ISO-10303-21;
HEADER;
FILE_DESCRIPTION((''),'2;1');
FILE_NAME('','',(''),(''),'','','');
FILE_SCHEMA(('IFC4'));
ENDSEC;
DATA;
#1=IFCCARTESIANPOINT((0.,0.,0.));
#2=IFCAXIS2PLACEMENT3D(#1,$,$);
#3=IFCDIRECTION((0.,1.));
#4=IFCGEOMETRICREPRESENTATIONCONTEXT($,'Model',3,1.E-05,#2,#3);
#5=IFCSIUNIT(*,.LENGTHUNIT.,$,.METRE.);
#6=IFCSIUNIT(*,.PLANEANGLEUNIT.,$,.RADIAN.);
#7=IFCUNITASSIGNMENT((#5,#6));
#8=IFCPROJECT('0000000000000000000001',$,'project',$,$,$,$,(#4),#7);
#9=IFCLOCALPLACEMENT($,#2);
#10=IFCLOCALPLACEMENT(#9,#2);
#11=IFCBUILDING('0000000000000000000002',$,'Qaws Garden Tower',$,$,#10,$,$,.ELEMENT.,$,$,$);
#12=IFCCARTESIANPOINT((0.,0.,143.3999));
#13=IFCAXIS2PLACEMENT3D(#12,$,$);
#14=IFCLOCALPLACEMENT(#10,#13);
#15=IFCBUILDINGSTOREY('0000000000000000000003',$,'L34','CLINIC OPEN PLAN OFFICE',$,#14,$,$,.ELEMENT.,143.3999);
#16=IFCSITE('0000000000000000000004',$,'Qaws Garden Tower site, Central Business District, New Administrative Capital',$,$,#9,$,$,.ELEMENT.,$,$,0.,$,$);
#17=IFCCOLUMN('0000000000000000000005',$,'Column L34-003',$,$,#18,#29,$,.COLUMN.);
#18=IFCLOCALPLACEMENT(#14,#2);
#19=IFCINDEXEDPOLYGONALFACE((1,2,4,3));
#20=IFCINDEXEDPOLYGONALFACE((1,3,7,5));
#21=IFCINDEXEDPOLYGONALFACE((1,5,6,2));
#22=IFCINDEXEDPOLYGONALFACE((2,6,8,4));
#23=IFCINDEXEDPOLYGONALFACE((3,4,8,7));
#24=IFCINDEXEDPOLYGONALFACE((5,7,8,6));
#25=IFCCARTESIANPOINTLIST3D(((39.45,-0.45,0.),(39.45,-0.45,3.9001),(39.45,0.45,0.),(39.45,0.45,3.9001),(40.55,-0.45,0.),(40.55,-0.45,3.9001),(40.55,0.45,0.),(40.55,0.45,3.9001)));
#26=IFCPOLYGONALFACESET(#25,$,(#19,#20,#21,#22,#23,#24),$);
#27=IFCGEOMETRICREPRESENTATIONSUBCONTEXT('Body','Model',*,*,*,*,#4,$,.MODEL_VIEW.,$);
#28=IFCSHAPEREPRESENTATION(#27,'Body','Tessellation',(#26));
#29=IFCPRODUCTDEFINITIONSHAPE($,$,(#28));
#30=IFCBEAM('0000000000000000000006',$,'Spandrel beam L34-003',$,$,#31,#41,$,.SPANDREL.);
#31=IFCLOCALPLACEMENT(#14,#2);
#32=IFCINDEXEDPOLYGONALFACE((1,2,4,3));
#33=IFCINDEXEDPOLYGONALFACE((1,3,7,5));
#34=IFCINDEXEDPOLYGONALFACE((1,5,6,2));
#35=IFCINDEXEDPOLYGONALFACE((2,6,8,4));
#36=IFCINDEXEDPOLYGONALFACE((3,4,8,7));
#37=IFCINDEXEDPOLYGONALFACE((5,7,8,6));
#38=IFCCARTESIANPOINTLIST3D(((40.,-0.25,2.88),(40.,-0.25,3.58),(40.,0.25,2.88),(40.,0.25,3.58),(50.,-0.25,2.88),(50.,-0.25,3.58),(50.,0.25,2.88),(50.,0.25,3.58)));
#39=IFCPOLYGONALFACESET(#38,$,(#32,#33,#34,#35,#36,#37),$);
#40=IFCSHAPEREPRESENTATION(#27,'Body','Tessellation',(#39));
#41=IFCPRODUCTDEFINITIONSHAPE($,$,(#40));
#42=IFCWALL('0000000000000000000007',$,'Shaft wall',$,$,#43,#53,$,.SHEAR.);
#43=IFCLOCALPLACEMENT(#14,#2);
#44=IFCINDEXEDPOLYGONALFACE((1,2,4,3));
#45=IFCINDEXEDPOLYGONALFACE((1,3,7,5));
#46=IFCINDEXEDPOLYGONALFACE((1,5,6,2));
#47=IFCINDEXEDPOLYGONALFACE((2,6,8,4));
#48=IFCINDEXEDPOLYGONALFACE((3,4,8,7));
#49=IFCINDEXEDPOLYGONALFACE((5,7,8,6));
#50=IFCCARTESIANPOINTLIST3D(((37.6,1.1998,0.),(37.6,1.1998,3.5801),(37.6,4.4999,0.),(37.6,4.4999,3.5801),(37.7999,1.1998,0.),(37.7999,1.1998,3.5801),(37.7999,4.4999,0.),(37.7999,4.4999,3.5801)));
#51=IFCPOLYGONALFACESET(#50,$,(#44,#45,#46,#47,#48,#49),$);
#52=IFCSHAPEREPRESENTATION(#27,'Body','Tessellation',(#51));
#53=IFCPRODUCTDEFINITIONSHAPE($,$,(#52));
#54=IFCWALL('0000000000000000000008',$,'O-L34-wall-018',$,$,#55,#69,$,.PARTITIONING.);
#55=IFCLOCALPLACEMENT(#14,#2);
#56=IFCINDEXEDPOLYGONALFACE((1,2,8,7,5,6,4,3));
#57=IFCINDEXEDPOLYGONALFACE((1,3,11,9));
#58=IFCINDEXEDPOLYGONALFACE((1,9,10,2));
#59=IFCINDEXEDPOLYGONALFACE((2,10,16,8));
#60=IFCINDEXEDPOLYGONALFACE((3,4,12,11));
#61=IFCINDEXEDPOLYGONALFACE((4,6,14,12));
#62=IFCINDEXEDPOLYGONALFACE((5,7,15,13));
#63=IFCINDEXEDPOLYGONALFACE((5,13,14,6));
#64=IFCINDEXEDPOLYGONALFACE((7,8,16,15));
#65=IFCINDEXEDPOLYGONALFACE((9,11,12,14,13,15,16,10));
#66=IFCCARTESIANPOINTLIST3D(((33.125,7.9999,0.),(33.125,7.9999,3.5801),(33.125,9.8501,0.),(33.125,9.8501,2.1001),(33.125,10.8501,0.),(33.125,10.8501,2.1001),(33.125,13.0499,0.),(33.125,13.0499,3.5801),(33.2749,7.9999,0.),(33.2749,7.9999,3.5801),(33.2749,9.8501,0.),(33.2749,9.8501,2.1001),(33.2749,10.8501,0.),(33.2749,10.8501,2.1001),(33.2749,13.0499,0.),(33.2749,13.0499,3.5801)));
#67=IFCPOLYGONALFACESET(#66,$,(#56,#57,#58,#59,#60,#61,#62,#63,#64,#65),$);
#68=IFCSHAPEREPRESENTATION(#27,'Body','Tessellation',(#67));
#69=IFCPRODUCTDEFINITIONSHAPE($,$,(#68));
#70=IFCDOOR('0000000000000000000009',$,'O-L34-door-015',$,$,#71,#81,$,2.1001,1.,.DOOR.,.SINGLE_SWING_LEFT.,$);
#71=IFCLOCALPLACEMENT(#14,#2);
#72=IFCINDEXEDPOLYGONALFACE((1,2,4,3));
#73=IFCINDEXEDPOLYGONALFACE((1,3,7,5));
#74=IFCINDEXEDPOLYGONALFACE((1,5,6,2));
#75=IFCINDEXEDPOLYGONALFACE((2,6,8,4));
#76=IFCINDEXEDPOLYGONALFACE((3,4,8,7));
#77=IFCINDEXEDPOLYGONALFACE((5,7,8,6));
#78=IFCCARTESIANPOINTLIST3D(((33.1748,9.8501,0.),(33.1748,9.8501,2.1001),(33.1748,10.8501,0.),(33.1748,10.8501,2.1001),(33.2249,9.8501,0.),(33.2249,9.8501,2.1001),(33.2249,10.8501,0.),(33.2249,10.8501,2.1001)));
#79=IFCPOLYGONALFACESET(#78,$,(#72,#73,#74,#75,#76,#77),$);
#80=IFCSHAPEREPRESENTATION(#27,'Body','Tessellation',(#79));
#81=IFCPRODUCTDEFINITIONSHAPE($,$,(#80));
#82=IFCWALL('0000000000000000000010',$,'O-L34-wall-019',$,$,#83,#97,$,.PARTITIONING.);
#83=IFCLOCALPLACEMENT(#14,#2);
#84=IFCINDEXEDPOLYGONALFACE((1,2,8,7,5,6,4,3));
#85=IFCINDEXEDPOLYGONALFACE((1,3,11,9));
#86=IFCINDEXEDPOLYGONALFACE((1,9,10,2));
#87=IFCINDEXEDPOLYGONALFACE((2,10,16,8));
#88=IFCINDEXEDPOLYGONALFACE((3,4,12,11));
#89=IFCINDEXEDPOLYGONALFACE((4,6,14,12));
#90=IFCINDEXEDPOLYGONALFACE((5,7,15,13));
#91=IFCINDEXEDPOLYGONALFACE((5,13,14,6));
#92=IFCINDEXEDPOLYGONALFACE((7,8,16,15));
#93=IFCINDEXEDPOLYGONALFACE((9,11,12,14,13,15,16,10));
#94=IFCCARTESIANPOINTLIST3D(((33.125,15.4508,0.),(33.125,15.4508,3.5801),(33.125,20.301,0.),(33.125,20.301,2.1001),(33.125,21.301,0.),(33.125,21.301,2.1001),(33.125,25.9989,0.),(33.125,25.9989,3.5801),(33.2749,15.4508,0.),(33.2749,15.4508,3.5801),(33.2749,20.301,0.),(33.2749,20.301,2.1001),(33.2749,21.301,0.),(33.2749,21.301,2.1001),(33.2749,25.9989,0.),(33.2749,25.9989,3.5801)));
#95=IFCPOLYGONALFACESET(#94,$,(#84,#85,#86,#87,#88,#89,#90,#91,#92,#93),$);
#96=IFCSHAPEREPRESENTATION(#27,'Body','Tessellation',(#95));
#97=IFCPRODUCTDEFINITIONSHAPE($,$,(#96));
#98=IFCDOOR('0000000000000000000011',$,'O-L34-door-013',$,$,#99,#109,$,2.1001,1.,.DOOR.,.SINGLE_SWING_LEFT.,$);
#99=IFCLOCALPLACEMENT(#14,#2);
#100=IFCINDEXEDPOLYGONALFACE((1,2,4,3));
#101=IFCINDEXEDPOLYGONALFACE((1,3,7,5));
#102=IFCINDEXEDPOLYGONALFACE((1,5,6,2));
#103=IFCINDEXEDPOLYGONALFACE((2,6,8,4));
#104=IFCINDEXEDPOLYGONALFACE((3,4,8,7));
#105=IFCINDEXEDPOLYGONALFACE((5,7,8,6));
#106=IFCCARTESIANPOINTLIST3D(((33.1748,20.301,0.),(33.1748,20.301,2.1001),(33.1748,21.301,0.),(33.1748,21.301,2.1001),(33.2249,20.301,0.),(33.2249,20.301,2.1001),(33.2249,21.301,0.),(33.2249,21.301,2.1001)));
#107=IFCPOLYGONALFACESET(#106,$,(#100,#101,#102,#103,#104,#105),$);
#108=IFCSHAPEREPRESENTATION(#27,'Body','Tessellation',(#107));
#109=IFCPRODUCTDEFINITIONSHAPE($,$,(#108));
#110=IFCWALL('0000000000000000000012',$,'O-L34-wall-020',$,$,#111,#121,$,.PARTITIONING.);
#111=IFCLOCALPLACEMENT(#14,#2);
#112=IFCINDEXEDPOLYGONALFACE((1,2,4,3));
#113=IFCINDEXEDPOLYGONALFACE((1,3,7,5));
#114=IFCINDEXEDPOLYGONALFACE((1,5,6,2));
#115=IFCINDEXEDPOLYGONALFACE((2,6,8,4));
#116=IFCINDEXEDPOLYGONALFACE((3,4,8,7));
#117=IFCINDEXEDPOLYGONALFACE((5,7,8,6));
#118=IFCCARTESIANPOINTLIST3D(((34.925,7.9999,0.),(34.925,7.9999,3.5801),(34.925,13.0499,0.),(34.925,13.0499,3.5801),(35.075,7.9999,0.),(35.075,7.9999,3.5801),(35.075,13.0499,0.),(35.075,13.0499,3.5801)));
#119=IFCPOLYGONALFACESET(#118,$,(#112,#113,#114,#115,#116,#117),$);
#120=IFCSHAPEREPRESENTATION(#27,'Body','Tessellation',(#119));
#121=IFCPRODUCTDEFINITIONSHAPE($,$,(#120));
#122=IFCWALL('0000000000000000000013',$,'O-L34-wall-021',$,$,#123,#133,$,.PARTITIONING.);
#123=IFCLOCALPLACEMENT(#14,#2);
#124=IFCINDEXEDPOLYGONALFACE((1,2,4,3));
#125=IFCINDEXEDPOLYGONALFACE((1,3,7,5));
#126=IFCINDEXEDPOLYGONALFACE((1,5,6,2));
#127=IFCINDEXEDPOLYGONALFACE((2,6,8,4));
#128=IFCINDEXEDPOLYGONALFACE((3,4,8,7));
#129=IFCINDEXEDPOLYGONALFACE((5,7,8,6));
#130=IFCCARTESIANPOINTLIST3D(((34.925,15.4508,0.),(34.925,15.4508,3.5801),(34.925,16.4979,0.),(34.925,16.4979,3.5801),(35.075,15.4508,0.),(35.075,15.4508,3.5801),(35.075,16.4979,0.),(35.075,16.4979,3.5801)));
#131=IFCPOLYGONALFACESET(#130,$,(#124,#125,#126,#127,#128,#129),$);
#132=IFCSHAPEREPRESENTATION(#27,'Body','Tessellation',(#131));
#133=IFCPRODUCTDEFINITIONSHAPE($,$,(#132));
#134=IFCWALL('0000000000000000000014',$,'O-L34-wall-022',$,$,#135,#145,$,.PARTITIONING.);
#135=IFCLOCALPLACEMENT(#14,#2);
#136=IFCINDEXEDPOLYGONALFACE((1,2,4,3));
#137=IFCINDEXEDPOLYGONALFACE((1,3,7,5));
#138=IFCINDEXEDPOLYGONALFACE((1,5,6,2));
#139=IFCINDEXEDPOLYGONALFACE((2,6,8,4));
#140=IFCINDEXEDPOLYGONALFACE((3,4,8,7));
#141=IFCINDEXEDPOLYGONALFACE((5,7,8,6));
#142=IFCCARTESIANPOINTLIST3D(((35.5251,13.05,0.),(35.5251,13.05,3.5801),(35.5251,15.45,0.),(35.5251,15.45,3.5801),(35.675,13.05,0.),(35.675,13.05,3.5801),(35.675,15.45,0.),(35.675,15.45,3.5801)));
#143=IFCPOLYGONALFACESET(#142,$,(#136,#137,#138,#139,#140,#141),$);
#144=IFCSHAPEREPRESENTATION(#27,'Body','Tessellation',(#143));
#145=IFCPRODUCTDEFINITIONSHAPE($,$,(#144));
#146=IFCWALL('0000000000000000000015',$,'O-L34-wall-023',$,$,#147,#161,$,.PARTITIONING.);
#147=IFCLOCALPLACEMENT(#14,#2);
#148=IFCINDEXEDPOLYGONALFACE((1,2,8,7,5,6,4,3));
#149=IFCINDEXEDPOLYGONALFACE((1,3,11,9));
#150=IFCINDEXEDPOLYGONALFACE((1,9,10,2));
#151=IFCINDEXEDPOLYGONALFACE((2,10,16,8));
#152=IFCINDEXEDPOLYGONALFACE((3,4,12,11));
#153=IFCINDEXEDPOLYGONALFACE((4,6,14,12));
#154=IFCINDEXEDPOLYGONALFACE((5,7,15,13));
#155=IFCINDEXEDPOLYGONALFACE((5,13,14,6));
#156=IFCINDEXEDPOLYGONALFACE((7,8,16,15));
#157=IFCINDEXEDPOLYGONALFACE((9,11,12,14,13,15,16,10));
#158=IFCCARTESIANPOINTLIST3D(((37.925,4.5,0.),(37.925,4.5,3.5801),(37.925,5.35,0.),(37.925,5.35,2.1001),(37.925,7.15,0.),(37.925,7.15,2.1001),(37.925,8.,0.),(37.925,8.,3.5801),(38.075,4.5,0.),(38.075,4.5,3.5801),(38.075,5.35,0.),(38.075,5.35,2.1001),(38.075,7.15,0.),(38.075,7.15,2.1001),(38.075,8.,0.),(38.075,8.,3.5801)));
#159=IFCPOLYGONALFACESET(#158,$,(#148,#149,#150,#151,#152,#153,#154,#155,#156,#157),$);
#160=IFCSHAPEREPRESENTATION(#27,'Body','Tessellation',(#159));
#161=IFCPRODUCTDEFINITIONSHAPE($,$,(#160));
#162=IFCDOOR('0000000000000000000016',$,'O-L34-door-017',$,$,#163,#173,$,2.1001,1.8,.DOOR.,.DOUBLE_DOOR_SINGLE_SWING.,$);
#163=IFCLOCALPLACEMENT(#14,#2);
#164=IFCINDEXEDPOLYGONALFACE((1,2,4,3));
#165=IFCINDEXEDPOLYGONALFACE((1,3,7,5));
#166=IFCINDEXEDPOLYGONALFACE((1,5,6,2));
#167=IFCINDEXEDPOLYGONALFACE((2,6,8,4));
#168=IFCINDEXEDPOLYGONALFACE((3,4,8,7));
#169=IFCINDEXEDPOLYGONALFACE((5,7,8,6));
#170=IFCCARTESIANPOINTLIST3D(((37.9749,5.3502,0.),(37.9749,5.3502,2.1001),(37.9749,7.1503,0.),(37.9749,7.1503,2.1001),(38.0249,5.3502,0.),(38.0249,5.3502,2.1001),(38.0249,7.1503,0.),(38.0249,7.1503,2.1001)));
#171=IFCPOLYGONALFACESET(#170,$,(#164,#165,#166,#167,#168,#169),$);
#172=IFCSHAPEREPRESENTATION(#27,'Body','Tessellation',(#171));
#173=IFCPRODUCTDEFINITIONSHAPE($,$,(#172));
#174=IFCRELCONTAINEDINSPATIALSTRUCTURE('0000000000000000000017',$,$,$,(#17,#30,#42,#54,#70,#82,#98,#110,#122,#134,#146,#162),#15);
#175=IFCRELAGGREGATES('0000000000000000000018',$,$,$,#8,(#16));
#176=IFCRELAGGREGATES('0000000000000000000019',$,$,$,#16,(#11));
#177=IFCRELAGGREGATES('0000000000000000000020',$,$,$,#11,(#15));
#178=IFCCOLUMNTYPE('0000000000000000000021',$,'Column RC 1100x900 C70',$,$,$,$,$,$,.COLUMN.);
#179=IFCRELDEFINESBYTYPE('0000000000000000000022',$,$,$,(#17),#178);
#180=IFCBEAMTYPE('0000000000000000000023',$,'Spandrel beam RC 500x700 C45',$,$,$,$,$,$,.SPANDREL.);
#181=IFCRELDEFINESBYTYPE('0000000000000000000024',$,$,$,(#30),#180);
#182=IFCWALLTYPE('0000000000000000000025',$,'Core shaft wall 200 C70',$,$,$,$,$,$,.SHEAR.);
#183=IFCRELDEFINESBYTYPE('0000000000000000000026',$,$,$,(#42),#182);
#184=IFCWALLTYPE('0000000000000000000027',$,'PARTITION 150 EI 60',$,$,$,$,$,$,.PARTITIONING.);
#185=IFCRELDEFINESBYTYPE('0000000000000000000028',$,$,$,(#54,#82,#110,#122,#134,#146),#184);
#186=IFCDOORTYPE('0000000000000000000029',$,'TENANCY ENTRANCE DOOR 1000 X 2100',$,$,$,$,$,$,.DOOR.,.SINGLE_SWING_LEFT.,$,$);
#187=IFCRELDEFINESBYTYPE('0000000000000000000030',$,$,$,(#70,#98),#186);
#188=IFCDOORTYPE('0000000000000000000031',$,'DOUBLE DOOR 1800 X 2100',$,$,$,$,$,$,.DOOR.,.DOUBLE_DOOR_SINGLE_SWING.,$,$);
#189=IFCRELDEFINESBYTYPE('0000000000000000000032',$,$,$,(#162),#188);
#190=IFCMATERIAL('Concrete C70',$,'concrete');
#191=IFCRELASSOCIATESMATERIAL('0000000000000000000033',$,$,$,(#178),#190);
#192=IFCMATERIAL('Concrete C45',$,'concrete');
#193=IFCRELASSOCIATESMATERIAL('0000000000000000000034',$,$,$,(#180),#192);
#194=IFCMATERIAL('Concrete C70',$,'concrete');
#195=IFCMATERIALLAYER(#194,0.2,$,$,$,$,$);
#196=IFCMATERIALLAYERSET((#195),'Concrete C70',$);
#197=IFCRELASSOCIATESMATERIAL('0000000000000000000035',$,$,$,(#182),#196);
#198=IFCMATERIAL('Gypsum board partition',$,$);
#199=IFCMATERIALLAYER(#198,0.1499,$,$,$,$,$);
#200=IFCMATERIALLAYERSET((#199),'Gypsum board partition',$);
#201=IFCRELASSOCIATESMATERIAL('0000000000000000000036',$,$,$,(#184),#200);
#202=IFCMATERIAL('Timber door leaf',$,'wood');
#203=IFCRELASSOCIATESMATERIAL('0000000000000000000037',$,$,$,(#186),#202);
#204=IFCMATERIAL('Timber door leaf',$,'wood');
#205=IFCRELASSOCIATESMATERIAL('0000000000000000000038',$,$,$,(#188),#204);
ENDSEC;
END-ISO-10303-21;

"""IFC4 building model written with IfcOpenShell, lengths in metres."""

from ifc_helpers import new_model, si_unit, direction, frame, frame_2d, origin, origin_2d, place, context, subcontext, project, spatial, rectangle, extrude, material, layer, layer_set, material_profile, profile_set, type_object, element, fill, save


model = new_model("IFC4")

# Units and contexts
model_context = context("Model", 3, precision=1e-05, world=origin(), true_north=direction((0.0, 1.0)))
body_context = subcontext(model_context, "Body", "Model", "MODEL_VIEW")
ifc_project = project(units=[si_unit("LENGTHUNIT", "METRE"), si_unit("PLANEANGLEUNIT", "RADIAN")], contexts=[model_context])

# Site, building, storey
site_placement = place(None, origin())
site = spatial("IfcSite", under=ifc_project, at=site_placement, Name="Qaws Garden Tower site, Central Business District, New Administrative Capital", CompositionType="ELEMENT", RefElevation=0.0)
building_placement = place(site_placement, origin())
building = spatial("IfcBuilding", under=site, at=building_placement, Name="Qaws Garden Tower", CompositionType="ELEMENT")
storey_placement = place(building_placement, frame((0.0, 0.0, 143.3999)))
storey = spatial("IfcBuildingStorey", under=building, at=storey_placement, Name="L34", Description="CLINIC OPEN PLAN OFFICE", CompositionType="ELEMENT", Elevation=143.3999)

# Column
ifc_material_1 = material(Name="Concrete C70", Category="concrete")
ifc_material_profile_1 = material_profile(ifc_material_1, rectangle(XDim=1.1001, YDim=0.8999, at=origin_2d()), Name="RC 1100x900")
ifc_profile_set_1 = profile_set([ifc_material_profile_1], Name="Concrete C70")
column_type = type_object("IfcColumnType", Name="Column RC 1100x900 C70", PredefinedType="COLUMN", material=ifc_profile_set_1)
column_placement = place(storey_placement, frame((40.0, 0.0, 0.0), z_axis=(0.0, 0.0, 1.0), x_axis=(1.0, 0.0, 0.0)))
element("IfcColumn", 1, at=column_placement, inside=storey, type_object=column_type, Name="Column L34-003", PredefinedType="COLUMN", context=body_context, shape_type="SweptSolid", body=[
    extrude(rectangle(XDim=1.1001, YDim=0.8999, at=origin_2d()), origin(), (0.0, 0.0, 1.0), 3.9001),
])

# Beam
ifc_material_2 = material(Name="Concrete C45", Category="concrete")
ifc_material_profile_2 = material_profile(ifc_material_2, rectangle(XDim=0.5, YDim=0.7, at=origin_2d()), Name="RC 500x700")
ifc_profile_set_2 = profile_set([ifc_material_profile_2], Name="Concrete C45")
beam_type = type_object("IfcBeamType", Name="Spandrel beam RC 500x700 C45", PredefinedType="SPANDREL", material=ifc_profile_set_2)
beam_placement = place(storey_placement, frame((40.0, 0.0, 3.23), z_axis=(1.0, 0.0, 0.0), x_axis=(0.0, 1.0, 0.0)))
element("IfcBeam", 2, at=beam_placement, inside=storey, type_object=beam_type, Name="Spandrel beam L34-003", PredefinedType="SPANDREL", context=body_context, shape_type="SweptSolid", body=[
    extrude(rectangle(XDim=0.5, YDim=0.7, at=origin_2d()), origin(), (0.0, 0.0, 1.0), 10.0),
])

# Wall
ifc_material_3 = material(Name="Concrete C70", Category="concrete")
ifc_layer_1 = layer(ifc_material_3, 0.2)
ifc_layer_set_1 = layer_set([ifc_layer_1], Name="Concrete C70")
wall_type_1 = type_object("IfcWallType", Name="Core shaft wall 200 C70", PredefinedType="SHEAR", material=ifc_layer_set_1)
wall_1_placement = place(storey_placement, frame((37.7, 1.2, 0.0), z_axis=(0.0, 0.0, 1.0), x_axis=(0.0, 1.0, 0.0)))
element("IfcWall", 3, at=wall_1_placement, inside=storey, type_object=wall_type_1, Name="Shaft wall", PredefinedType="SHEAR", context=body_context, shape_type="SweptSolid", body=[
    extrude(rectangle(XDim=3.3, YDim=0.2, at=frame_2d((1.6499, 0.0))), origin(), (0.0, 0.0, 1.0), 3.5801),
])

# Walls, openings, doors
ifc_material_4 = material(Name="Gypsum board partition")
ifc_layer_2 = layer(ifc_material_4, 0.1499)
ifc_layer_set_2 = layer_set([ifc_layer_2], Name="Gypsum board partition")
wall_type_2 = type_object("IfcWallType", Name="PARTITION 150 EI 60", PredefinedType="PARTITIONING", material=ifc_layer_set_2)
wall_2_placement = place(storey_placement, frame((33.2, 8.0, 0.0), z_axis=(0.0, 0.0, 1.0), x_axis=(0.0, 1.0, 0.0)))
wall_2 = element("IfcWall", 4, at=wall_2_placement, inside=storey, type_object=wall_type_2, Name="O-L34-wall-018", PredefinedType="PARTITIONING", context=body_context, shape_type="SweptSolid", body=[
    extrude(rectangle(XDim=5.05, YDim=0.1499, at=frame_2d((2.5249, 0.0))), origin(), (0.0, 0.0, 1.0), 3.5801),
])
opening_1_placement = place(wall_2_placement, frame((1.8501, 0.0, 0.0)))
opening_1 = element("IfcOpeningElement", 5, at=opening_1_placement, cuts=wall_2, PredefinedType="OPENING", context=body_context, shape_type="SweptSolid", body=[
    extrude(rectangle(XDim=1.0, YDim=2.1001, at=frame_2d((0.5, 1.05))), frame((0.0, 0.085, 0.0), z_axis=(0.0, -1.0, 0.0), x_axis=(1.0, 0.0, 0.0)), (0.0, 0.0, 1.0), 0.1699),
])
ifc_material_5 = material(Name="Timber door leaf", Category="wood")
door_type_1 = type_object("IfcDoorType", Name="TENANCY ENTRANCE DOOR 1000 X 2100", OperationType="SINGLE_SWING_LEFT", PredefinedType="DOOR", material=ifc_material_5)
door_1_placement = place(opening_1_placement, frame((1.0, 0.0, 0.0), z_axis=(0.0, 0.0, 1.0), x_axis=(-1.0, 0.0, 0.0)))
door_1 = element("IfcDoor", 6, at=door_1_placement, inside=storey, type_object=door_type_1, Name="O-L34-door-015", OperationType="SINGLE_SWING_LEFT", OverallHeight=2.1001, OverallWidth=1.0, PredefinedType="DOOR", context=body_context, shape_type="SweptSolid", body=[
    extrude(rectangle(XDim=1.0, YDim=2.1001, at=frame_2d((0.5, 1.05))), frame((0.0, 0.0249, 0.0), z_axis=(0.0, -1.0, 0.0), x_axis=(1.0, 0.0, 0.0)), (0.0, 0.0, 1.0), 0.05),
])
fill(opening_1, door_1)
wall_3_placement = place(storey_placement, frame((33.2, 15.4509, 0.0), z_axis=(0.0, 0.0, 1.0), x_axis=(0.0, 1.0, 0.0)))
wall_3 = element("IfcWall", 7, at=wall_3_placement, inside=storey, type_object=wall_type_2, Name="O-L34-wall-019", PredefinedType="PARTITIONING", context=body_context, shape_type="SweptSolid", body=[
    extrude(rectangle(XDim=10.5481, YDim=0.1499, at=frame_2d((5.2739, 0.0))), origin(), (0.0, 0.0, 1.0), 3.5801),
])
opening_2_placement = place(wall_3_placement, frame((4.8501, 0.0, 0.0)))
opening_2 = element("IfcOpeningElement", 8, at=opening_2_placement, cuts=wall_3, PredefinedType="OPENING", context=body_context, shape_type="SweptSolid", body=[
    extrude(rectangle(XDim=1.0, YDim=2.1001, at=frame_2d((0.5, 1.05))), frame((0.0, 0.085, 0.0), z_axis=(0.0, -1.0, 0.0), x_axis=(1.0, 0.0, 0.0)), (0.0, 0.0, 1.0), 0.1699),
])
door_2_placement = place(opening_2_placement, frame((1.0, 0.0, 0.0), z_axis=(0.0, 0.0, 1.0), x_axis=(-1.0, 0.0, 0.0)))
door_2 = element("IfcDoor", 9, at=door_2_placement, inside=storey, type_object=door_type_1, Name="O-L34-door-013", OperationType="SINGLE_SWING_LEFT", OverallHeight=2.1001, OverallWidth=1.0, PredefinedType="DOOR", context=body_context, shape_type="SweptSolid", body=[
    extrude(rectangle(XDim=1.0, YDim=2.1001, at=frame_2d((0.5, 1.05))), frame((0.0, 0.0249, 0.0), z_axis=(0.0, -1.0, 0.0), x_axis=(1.0, 0.0, 0.0)), (0.0, 0.0, 1.0), 0.05),
])
fill(opening_2, door_2)

# Walls
wall_4_placement = place(storey_placement, frame((35.0, 8.0, 0.0), z_axis=(0.0, 0.0, 1.0), x_axis=(0.0, 1.0, 0.0)))
element("IfcWall", 10, at=wall_4_placement, inside=storey, type_object=wall_type_2, Name="O-L34-wall-020", PredefinedType="PARTITIONING", context=body_context, shape_type="SweptSolid", body=[
    extrude(rectangle(XDim=5.05, YDim=0.1499, at=frame_2d((2.5249, 0.0))), origin(), (0.0, 0.0, 1.0), 3.5801),
])
wall_5_placement = place(storey_placement, frame((35.0, 15.4509, 0.0), z_axis=(0.0, 0.0, 1.0), x_axis=(0.0, 1.0, 0.0)))
element("IfcWall", 11, at=wall_5_placement, inside=storey, type_object=wall_type_2, Name="O-L34-wall-021", PredefinedType="PARTITIONING", context=body_context, shape_type="SweptSolid", body=[
    extrude(rectangle(XDim=1.0471, YDim=0.1499, at=frame_2d((0.5234, 0.0))), origin(), (0.0, 0.0, 1.0), 3.5801),
])
wall_6_placement = place(storey_placement, frame((35.6001, 13.05, 0.0), z_axis=(0.0, 0.0, 1.0), x_axis=(0.0, 1.0, 0.0)))
element("IfcWall", 12, at=wall_6_placement, inside=storey, type_object=wall_type_2, Name="O-L34-wall-022", PredefinedType="PARTITIONING", context=body_context, shape_type="SweptSolid", body=[
    extrude(rectangle(XDim=2.3999, YDim=0.1499, at=frame_2d((1.2, 0.0))), origin(), (0.0, 0.0, 1.0), 3.5801),
])

# Wall, opening, door
wall_7_placement = place(storey_placement, frame((38.0, 4.5, 0.0), z_axis=(0.0, 0.0, 1.0), x_axis=(0.0, 1.0, 0.0)))
wall_7 = element("IfcWall", 13, at=wall_7_placement, inside=storey, type_object=wall_type_2, Name="O-L34-wall-023", PredefinedType="PARTITIONING", context=body_context, shape_type="SweptSolid", body=[
    extrude(rectangle(XDim=3.5, YDim=0.1499, at=frame_2d((1.75, 0.0))), origin(), (0.0, 0.0, 1.0), 3.5801),
])
opening_3_placement = place(wall_7_placement, frame((0.8501, 0.0, 0.0)))
opening_3 = element("IfcOpeningElement", 14, at=opening_3_placement, cuts=wall_7, PredefinedType="OPENING", context=body_context, shape_type="SweptSolid", body=[
    extrude(rectangle(XDim=1.8, YDim=2.1001, at=frame_2d((0.8999, 1.05))), frame((0.0, 0.085, 0.0), z_axis=(0.0, -1.0, 0.0), x_axis=(1.0, 0.0, 0.0)), (0.0, 0.0, 1.0), 0.1699),
])
ifc_material_6 = material(Name="Timber door leaf", Category="wood")
door_type_2 = type_object("IfcDoorType", Name="DOUBLE DOOR 1800 X 2100", OperationType="DOUBLE_DOOR_SINGLE_SWING", PredefinedType="DOOR", material=ifc_material_6)
door_3_placement = place(opening_3_placement, frame((1.8, 0.0, 0.0), z_axis=(0.0, 0.0, 1.0), x_axis=(-1.0, 0.0, 0.0)))
door_3 = element("IfcDoor", 15, at=door_3_placement, inside=storey, type_object=door_type_2, Name="O-L34-door-017", OperationType="DOUBLE_DOOR_SINGLE_SWING", OverallHeight=2.1001, OverallWidth=1.8, PredefinedType="DOOR", context=body_context, shape_type="SweptSolid", body=[
    extrude(rectangle(XDim=1.8, YDim=2.1001, at=frame_2d((0.8999, 1.05))), frame((0.0, 0.0249, 0.0), z_axis=(0.0, -1.0, 0.0), x_axis=(1.0, 0.0, 0.0)), (0.0, 0.0, 1.0), 0.05),
])
fill(opening_3, door_3)

save(model, "model.ifc")
